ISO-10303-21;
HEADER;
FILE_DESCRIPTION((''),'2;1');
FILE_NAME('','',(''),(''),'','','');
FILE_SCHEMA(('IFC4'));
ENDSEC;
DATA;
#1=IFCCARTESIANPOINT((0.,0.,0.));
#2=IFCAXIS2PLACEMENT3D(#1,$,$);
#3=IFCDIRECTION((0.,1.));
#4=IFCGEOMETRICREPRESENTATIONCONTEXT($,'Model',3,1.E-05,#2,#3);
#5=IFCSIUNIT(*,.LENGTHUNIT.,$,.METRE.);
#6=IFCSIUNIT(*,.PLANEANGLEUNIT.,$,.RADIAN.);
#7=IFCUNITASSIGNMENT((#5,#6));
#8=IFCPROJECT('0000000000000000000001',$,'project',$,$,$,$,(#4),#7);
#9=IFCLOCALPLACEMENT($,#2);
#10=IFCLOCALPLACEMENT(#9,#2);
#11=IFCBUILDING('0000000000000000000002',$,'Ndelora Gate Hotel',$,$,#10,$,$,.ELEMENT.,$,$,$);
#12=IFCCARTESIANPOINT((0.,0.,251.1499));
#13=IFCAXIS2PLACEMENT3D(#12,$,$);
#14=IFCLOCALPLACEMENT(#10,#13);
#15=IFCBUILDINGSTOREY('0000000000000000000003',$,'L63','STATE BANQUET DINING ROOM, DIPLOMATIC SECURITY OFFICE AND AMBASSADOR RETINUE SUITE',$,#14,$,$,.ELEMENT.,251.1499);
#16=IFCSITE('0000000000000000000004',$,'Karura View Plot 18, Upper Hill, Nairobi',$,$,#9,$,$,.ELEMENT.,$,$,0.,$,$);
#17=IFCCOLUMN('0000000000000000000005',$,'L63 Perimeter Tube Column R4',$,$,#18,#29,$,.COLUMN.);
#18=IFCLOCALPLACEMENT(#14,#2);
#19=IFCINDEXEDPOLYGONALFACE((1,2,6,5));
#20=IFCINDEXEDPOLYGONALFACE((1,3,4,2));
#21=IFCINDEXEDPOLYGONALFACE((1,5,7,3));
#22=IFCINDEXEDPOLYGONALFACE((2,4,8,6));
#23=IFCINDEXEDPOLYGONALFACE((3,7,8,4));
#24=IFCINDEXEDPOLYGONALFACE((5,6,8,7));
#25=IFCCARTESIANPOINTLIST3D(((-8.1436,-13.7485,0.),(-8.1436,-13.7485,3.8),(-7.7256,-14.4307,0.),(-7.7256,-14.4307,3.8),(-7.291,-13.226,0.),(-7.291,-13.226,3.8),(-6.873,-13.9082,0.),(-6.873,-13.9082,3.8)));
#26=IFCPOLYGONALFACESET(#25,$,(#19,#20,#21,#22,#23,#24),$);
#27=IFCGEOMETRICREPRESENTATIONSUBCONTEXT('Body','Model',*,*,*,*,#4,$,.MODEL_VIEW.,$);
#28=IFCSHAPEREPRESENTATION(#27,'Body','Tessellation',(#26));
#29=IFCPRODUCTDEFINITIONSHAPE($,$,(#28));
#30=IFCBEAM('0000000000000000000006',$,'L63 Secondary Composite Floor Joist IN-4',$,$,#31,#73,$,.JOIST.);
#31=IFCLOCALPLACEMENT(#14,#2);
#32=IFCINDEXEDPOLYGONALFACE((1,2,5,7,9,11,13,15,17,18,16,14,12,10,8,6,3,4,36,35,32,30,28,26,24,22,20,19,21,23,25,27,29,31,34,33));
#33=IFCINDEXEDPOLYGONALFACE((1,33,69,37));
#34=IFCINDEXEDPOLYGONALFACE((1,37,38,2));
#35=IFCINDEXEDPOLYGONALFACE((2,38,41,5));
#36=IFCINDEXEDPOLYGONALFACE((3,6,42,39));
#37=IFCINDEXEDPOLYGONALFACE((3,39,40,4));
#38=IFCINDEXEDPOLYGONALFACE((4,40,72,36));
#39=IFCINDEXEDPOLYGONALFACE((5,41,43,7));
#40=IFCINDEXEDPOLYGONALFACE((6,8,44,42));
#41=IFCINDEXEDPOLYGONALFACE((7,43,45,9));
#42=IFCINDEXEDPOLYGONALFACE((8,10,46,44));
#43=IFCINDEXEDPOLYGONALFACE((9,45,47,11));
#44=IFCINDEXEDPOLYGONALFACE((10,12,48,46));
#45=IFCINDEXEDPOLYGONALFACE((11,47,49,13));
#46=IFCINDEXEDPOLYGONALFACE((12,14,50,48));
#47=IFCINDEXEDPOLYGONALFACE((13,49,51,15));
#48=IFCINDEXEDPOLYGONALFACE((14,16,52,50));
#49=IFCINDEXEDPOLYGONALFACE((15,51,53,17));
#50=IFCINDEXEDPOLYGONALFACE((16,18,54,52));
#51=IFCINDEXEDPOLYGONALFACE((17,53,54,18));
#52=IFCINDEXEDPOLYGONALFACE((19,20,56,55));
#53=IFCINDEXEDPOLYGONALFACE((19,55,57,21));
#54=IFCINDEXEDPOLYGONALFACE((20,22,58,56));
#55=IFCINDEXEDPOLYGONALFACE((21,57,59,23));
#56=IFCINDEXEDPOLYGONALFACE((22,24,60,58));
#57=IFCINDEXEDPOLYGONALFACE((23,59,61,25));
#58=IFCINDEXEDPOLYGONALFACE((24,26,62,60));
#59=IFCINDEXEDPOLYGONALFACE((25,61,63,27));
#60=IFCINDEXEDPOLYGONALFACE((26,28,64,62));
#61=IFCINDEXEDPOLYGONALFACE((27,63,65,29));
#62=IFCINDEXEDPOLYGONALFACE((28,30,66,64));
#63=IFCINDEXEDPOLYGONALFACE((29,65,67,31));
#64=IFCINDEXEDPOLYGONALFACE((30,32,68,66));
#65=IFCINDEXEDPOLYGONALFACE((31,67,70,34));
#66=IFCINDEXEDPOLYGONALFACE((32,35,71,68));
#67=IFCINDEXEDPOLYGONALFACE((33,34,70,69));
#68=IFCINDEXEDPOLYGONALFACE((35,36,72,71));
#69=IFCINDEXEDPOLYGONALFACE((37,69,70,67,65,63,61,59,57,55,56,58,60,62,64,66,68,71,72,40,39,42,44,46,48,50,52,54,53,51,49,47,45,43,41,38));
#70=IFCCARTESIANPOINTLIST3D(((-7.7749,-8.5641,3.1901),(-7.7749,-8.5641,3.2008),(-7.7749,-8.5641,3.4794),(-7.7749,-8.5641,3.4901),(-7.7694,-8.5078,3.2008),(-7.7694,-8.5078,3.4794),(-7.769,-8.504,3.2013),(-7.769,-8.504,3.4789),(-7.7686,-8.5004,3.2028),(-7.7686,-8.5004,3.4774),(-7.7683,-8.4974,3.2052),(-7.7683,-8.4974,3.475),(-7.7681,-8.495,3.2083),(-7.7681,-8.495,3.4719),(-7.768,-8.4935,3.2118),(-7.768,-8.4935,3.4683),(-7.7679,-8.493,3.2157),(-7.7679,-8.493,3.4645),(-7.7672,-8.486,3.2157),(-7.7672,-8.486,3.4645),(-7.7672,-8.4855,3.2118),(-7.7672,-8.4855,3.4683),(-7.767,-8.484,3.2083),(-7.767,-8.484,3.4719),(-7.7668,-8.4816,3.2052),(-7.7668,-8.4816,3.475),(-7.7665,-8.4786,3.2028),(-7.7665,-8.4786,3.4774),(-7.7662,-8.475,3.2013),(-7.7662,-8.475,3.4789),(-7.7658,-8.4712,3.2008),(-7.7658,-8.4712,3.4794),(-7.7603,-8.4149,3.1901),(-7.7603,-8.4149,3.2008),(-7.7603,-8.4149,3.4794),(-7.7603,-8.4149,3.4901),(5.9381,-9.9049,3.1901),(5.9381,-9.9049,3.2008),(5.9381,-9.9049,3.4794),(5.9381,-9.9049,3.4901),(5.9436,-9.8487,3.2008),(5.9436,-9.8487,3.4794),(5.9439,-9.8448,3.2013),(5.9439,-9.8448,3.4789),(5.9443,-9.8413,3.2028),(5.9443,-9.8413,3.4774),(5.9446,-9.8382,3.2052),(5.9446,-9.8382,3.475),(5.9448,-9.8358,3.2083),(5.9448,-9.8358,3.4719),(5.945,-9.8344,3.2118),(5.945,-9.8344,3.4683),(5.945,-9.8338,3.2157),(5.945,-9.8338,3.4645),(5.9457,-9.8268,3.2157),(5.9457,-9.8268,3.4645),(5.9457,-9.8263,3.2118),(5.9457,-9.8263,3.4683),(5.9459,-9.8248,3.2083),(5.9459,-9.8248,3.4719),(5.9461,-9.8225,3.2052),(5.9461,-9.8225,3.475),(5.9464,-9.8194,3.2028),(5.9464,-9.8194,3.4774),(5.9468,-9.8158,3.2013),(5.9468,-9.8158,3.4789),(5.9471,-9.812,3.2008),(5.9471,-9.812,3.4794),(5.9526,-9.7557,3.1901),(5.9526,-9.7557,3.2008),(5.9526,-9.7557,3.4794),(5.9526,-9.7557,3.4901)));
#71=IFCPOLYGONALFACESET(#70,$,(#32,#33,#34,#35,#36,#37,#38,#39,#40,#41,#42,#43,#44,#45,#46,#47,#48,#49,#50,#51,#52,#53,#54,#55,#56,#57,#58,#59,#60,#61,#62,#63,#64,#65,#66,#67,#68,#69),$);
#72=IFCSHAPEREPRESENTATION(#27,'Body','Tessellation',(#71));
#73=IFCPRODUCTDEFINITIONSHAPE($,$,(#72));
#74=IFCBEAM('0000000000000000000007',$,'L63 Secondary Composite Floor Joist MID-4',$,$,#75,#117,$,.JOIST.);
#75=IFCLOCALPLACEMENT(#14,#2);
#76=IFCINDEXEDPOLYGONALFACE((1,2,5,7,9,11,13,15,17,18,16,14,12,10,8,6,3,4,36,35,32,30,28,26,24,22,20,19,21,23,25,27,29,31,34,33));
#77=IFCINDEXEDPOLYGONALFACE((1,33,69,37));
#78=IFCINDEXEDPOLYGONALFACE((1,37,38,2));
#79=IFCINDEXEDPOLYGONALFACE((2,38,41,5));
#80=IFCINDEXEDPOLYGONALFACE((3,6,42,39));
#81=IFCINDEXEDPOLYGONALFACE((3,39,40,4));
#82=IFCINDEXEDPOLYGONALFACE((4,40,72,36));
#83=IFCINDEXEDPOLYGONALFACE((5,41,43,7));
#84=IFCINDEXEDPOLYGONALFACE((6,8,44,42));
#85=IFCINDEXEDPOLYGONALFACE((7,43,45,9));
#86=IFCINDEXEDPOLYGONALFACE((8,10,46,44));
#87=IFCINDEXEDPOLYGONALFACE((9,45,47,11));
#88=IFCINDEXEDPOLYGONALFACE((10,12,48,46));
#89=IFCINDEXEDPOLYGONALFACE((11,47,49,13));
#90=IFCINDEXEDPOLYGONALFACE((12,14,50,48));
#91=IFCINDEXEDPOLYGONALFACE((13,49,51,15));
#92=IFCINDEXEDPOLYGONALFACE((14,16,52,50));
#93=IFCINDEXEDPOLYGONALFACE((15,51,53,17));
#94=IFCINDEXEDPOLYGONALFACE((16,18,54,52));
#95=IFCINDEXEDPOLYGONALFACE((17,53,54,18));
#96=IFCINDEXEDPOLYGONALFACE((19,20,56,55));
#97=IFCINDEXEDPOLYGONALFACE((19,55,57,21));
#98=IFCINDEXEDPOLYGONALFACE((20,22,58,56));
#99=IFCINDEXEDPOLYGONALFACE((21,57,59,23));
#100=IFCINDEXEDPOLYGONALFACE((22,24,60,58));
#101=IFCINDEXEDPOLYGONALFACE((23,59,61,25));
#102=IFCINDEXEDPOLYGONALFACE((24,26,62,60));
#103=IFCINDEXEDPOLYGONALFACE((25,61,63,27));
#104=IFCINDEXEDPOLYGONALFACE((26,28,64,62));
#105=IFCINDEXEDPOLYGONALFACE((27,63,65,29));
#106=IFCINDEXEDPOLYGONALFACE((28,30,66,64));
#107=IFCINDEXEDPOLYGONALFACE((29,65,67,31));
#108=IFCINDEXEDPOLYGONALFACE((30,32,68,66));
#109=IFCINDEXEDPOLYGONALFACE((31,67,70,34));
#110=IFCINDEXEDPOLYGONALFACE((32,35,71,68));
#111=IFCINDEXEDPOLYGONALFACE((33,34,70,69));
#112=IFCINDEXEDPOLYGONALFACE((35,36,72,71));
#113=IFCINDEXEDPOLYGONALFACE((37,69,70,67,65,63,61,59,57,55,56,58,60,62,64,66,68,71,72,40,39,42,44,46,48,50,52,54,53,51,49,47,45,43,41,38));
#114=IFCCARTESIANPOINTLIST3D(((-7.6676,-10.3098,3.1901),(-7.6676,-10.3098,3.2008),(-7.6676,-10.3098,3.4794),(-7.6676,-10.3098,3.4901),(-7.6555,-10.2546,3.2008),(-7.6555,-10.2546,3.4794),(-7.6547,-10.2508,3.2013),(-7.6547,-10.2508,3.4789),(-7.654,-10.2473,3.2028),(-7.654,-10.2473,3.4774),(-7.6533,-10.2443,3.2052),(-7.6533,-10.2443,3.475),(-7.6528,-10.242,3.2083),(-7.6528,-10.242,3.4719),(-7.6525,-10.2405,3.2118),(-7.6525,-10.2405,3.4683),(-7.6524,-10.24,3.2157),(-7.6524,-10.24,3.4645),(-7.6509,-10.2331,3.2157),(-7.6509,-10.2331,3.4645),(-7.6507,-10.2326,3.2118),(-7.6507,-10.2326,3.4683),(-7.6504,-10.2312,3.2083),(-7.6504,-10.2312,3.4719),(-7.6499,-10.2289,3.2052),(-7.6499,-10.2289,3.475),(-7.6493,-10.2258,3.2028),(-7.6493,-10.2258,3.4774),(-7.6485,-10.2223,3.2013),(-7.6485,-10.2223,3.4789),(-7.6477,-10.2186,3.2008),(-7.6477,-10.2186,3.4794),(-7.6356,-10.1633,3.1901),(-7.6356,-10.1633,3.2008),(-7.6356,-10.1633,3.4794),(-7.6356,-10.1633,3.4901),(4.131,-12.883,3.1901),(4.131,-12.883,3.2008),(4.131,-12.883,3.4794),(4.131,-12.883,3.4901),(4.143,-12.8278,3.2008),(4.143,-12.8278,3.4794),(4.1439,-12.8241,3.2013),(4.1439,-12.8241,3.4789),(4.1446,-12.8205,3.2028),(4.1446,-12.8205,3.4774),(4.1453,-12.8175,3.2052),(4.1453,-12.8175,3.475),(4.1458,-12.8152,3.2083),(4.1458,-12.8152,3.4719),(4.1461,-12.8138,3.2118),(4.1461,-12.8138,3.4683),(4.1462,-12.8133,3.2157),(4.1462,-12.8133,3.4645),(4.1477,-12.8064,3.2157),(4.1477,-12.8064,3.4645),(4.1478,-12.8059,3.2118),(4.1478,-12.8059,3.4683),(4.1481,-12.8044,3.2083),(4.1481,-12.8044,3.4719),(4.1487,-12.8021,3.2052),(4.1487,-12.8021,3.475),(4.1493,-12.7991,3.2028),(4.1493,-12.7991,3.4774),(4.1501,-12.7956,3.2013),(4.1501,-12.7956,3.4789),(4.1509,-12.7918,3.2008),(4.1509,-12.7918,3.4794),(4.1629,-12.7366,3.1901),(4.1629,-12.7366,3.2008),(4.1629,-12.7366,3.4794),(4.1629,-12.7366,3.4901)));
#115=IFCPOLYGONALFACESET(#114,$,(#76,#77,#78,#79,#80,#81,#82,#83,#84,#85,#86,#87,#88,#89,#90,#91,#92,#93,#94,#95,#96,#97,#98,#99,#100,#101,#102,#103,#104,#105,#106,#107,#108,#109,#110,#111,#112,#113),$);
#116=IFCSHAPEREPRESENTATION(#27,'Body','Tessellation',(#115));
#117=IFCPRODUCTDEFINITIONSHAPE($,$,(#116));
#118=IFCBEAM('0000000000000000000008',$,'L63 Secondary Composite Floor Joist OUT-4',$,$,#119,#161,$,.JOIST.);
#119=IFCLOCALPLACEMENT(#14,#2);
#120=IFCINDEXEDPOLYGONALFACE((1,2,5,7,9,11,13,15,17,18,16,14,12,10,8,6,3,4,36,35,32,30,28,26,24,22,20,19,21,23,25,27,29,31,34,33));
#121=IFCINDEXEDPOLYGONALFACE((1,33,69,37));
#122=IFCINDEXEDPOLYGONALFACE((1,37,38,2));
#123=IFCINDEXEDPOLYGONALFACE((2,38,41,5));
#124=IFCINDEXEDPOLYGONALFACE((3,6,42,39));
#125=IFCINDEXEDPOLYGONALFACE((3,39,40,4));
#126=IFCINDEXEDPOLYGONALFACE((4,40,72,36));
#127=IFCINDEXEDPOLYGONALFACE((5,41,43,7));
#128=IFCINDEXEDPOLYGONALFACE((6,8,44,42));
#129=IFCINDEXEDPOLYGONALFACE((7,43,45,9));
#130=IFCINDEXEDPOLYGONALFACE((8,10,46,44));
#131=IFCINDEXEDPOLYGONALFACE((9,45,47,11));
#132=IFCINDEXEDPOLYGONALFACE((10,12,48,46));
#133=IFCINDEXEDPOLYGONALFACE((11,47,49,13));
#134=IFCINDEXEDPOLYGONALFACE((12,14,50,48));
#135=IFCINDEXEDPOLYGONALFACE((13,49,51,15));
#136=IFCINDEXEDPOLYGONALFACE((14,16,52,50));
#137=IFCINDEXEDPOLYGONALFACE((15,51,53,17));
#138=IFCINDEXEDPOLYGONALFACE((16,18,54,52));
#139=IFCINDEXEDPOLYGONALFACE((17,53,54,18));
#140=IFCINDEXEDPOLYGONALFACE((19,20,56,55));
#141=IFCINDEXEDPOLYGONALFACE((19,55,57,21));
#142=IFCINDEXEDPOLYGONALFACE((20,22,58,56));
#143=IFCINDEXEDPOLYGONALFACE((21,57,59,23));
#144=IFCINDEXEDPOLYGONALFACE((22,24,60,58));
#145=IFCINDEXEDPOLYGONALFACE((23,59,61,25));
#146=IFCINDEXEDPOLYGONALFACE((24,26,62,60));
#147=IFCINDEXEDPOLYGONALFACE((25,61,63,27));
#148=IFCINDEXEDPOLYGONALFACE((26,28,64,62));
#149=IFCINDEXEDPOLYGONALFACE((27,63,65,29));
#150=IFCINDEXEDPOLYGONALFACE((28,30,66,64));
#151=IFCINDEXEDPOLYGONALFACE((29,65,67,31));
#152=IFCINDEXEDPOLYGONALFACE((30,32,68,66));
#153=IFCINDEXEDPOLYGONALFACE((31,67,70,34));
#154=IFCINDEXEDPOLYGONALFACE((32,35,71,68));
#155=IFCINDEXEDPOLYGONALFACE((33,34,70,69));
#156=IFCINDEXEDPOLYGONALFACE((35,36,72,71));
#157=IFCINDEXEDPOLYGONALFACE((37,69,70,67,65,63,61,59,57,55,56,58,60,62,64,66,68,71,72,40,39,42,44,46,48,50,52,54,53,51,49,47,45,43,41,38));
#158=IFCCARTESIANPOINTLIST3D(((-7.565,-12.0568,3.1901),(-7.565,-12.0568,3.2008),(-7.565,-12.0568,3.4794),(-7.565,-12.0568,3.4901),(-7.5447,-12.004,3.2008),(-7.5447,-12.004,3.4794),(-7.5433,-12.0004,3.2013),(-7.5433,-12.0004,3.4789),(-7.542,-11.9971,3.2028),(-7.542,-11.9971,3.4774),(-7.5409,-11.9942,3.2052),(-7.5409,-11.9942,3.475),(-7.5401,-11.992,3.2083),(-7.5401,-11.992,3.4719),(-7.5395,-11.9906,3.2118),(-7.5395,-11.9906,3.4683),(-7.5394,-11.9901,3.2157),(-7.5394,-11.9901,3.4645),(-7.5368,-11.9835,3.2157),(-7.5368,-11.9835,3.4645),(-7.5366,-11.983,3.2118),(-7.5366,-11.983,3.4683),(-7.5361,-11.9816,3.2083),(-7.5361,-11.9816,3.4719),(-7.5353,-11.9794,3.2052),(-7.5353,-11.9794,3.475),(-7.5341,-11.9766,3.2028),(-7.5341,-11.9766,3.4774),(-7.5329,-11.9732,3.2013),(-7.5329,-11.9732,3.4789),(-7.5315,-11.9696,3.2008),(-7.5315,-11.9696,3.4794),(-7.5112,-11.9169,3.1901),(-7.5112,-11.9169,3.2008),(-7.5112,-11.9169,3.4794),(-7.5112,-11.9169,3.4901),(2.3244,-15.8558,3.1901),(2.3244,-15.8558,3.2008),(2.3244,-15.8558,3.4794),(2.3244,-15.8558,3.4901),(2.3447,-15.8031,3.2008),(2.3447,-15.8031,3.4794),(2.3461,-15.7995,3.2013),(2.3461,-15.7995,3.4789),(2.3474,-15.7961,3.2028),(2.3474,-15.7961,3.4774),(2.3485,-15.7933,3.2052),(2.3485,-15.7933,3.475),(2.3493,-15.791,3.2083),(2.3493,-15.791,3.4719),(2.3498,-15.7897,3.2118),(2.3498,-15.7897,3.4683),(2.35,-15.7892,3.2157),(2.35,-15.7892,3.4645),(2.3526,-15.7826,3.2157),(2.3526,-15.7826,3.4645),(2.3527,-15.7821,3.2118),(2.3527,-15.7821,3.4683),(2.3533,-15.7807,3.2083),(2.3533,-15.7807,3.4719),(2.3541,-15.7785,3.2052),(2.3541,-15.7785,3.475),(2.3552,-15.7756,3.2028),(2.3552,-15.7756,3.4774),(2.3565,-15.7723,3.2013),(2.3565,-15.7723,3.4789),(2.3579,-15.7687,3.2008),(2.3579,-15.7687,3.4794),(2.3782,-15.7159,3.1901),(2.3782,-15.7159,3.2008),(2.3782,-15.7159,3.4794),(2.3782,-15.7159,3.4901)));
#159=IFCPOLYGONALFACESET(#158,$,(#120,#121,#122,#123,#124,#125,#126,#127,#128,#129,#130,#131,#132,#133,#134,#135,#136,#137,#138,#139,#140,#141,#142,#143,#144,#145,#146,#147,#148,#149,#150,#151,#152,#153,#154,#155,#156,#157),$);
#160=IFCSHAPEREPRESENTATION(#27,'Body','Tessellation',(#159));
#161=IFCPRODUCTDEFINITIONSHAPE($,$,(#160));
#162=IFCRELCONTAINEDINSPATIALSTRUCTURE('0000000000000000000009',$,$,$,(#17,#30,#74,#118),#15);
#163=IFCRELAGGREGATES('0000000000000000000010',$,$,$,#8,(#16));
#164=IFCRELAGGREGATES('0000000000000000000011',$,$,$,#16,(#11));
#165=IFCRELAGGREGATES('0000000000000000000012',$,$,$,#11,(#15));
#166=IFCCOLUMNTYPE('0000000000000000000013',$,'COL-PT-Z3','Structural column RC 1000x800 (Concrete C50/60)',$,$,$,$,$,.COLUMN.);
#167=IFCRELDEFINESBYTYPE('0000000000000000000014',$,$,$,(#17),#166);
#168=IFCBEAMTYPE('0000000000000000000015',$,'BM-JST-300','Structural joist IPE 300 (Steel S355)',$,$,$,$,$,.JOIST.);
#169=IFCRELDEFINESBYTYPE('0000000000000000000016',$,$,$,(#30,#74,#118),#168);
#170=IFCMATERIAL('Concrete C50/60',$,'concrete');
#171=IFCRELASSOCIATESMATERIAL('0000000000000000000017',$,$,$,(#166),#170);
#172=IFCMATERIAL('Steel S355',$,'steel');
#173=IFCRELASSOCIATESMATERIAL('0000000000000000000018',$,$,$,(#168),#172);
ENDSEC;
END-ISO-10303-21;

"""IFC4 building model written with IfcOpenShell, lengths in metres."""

from ifc_helpers import new_model, si_unit, direction, frame, origin, origin_2d, place, context, subcontext, project, spatial, rectangle, i_section, extrude, material, material_profile, profile_set, type_object, element, save


model = new_model("IFC4")

# Units and contexts
model_context = context("Model", 3, precision=1e-05, world=origin(), true_north=direction((0.0, 1.0)))
body_context = subcontext(model_context, "Body", "Model", "MODEL_VIEW")
ifc_project = project(units=[si_unit("LENGTHUNIT", "METRE"), si_unit("PLANEANGLEUNIT", "RADIAN")], contexts=[model_context])

# Site, building, storey
site_placement = place(None, origin())
site = spatial("IfcSite", under=ifc_project, at=site_placement, Name="Karura View Plot 18, Upper Hill, Nairobi", CompositionType="ELEMENT", RefElevation=0.0)
building_placement = place(site_placement, origin())
building = spatial("IfcBuilding", under=site, at=building_placement, Name="Ndelora Gate Hotel", CompositionType="ELEMENT")
storey_placement = place(building_placement, frame((0.0, 0.0, 251.1499)))
storey = spatial("IfcBuildingStorey", under=building, at=storey_placement, Name="L63", Description="STATE BANQUET DINING ROOM, DIPLOMATIC SECURITY OFFICE AND AMBASSADOR RETINUE SUITE", CompositionType="ELEMENT", Elevation=251.1499)

# Column
ifc_material_1 = material(Name="Concrete C50/60", Category="concrete")
ifc_material_profile_1 = material_profile(ifc_material_1, rectangle(XDim=0.8, YDim=1.0, at=origin_2d()), Name="RC 1000x800")
ifc_profile_set_1 = profile_set([ifc_material_profile_1], Name="Concrete C50/60")
column_type = type_object("IfcColumnType", Name="COL-PT-Z3", Description="Structural column RC 1000x800 (Concrete C50/60)", PredefinedType="COLUMN", material=ifc_profile_set_1)
column_placement = place(storey_placement, frame((-7.5083, -13.8284, 0.0), z_axis=(0.0, 0.0, 1.0), x_axis=(-0.522499, 0.85264, 0.0)))
element("IfcColumn", 1, at=column_placement, inside=storey, type_object=column_type, Name="L63 Perimeter Tube Column R4", PredefinedType="COLUMN", context=body_context, shape_type="SweptSolid", body=[
    extrude(rectangle(XDim=0.8, YDim=1.0, at=origin_2d()), origin(), (0.0, 0.0, 1.0), 3.8),
])

# Beams
ifc_material_2 = material(Name="Steel S355", Category="steel")
ifc_material_profile_2 = material_profile(ifc_material_2, i_section(OverallWidth=0.1499, OverallDepth=0.3, WebThickness=0.0071, FlangeThickness=0.0107, FilletRadius=0.0149, at=origin_2d()), Name="IPE 300")
ifc_profile_set_2 = profile_set([ifc_material_profile_2], Name="Steel S355")
beam_type_1 = type_object("IfcBeamType", Name="BM-JST-300", Description="Structural joist IPE 300 (Steel S355)", PredefinedType="JOIST", material=ifc_profile_set_2)
beam_1_placement = place(storey_placement, frame((-7.7676, -8.4895, 3.3401), z_axis=(0.995254, -0.097314, 0.0), x_axis=(0.097314, 0.995254, 0.0)))
element("IfcBeam", 2, at=beam_1_placement, inside=storey, type_object=beam_type_1, Name="L63 Secondary Composite Floor Joist IN-4", PredefinedType="JOIST", context=body_context, shape_type="SweptSolid", body=[
    extrude(i_section(OverallWidth=0.1499, OverallDepth=0.3, WebThickness=0.0071, FlangeThickness=0.0107, FilletRadius=0.0149, at=origin_2d()), origin(), (0.0, 0.0, 1.0), 13.7783),
])
beam_2_placement = place(storey_placement, frame((-7.6516, -10.2366, 3.3401), z_axis=(0.977033, -0.213088, 0.0), x_axis=(0.213088, 0.977033, 0.0)))
element("IfcBeam", 3, at=beam_2_placement, inside=storey, type_object=beam_type_1, Name="L63 Secondary Composite Floor Joist MID-4", PredefinedType="JOIST", context=body_context, shape_type="SweptSolid", body=[
    extrude(i_section(OverallWidth=0.1499, OverallDepth=0.3, WebThickness=0.0071, FlangeThickness=0.0107, FilletRadius=0.0149, at=origin_2d()), origin(), (0.0, 0.0, 1.0), 12.0759),
])
beam_3_placement = place(storey_placement, frame((-7.5381, -11.9868, 3.3401), z_axis=(0.933489, -0.358605, 0.0), x_axis=(0.358605, 0.933489, 0.0)))
element("IfcBeam", 4, at=beam_3_placement, inside=storey, type_object=beam_type_1, Name="L63 Secondary Composite Floor Joist OUT-4", PredefinedType="JOIST", context=body_context, shape_type="SweptSolid", body=[
    extrude(i_section(OverallWidth=0.1499, OverallDepth=0.3, WebThickness=0.0071, FlangeThickness=0.0107, FilletRadius=0.0149, at=origin_2d()), origin(), (0.0, 0.0, 1.0), 10.594),
])

save(model, "model.ifc")
